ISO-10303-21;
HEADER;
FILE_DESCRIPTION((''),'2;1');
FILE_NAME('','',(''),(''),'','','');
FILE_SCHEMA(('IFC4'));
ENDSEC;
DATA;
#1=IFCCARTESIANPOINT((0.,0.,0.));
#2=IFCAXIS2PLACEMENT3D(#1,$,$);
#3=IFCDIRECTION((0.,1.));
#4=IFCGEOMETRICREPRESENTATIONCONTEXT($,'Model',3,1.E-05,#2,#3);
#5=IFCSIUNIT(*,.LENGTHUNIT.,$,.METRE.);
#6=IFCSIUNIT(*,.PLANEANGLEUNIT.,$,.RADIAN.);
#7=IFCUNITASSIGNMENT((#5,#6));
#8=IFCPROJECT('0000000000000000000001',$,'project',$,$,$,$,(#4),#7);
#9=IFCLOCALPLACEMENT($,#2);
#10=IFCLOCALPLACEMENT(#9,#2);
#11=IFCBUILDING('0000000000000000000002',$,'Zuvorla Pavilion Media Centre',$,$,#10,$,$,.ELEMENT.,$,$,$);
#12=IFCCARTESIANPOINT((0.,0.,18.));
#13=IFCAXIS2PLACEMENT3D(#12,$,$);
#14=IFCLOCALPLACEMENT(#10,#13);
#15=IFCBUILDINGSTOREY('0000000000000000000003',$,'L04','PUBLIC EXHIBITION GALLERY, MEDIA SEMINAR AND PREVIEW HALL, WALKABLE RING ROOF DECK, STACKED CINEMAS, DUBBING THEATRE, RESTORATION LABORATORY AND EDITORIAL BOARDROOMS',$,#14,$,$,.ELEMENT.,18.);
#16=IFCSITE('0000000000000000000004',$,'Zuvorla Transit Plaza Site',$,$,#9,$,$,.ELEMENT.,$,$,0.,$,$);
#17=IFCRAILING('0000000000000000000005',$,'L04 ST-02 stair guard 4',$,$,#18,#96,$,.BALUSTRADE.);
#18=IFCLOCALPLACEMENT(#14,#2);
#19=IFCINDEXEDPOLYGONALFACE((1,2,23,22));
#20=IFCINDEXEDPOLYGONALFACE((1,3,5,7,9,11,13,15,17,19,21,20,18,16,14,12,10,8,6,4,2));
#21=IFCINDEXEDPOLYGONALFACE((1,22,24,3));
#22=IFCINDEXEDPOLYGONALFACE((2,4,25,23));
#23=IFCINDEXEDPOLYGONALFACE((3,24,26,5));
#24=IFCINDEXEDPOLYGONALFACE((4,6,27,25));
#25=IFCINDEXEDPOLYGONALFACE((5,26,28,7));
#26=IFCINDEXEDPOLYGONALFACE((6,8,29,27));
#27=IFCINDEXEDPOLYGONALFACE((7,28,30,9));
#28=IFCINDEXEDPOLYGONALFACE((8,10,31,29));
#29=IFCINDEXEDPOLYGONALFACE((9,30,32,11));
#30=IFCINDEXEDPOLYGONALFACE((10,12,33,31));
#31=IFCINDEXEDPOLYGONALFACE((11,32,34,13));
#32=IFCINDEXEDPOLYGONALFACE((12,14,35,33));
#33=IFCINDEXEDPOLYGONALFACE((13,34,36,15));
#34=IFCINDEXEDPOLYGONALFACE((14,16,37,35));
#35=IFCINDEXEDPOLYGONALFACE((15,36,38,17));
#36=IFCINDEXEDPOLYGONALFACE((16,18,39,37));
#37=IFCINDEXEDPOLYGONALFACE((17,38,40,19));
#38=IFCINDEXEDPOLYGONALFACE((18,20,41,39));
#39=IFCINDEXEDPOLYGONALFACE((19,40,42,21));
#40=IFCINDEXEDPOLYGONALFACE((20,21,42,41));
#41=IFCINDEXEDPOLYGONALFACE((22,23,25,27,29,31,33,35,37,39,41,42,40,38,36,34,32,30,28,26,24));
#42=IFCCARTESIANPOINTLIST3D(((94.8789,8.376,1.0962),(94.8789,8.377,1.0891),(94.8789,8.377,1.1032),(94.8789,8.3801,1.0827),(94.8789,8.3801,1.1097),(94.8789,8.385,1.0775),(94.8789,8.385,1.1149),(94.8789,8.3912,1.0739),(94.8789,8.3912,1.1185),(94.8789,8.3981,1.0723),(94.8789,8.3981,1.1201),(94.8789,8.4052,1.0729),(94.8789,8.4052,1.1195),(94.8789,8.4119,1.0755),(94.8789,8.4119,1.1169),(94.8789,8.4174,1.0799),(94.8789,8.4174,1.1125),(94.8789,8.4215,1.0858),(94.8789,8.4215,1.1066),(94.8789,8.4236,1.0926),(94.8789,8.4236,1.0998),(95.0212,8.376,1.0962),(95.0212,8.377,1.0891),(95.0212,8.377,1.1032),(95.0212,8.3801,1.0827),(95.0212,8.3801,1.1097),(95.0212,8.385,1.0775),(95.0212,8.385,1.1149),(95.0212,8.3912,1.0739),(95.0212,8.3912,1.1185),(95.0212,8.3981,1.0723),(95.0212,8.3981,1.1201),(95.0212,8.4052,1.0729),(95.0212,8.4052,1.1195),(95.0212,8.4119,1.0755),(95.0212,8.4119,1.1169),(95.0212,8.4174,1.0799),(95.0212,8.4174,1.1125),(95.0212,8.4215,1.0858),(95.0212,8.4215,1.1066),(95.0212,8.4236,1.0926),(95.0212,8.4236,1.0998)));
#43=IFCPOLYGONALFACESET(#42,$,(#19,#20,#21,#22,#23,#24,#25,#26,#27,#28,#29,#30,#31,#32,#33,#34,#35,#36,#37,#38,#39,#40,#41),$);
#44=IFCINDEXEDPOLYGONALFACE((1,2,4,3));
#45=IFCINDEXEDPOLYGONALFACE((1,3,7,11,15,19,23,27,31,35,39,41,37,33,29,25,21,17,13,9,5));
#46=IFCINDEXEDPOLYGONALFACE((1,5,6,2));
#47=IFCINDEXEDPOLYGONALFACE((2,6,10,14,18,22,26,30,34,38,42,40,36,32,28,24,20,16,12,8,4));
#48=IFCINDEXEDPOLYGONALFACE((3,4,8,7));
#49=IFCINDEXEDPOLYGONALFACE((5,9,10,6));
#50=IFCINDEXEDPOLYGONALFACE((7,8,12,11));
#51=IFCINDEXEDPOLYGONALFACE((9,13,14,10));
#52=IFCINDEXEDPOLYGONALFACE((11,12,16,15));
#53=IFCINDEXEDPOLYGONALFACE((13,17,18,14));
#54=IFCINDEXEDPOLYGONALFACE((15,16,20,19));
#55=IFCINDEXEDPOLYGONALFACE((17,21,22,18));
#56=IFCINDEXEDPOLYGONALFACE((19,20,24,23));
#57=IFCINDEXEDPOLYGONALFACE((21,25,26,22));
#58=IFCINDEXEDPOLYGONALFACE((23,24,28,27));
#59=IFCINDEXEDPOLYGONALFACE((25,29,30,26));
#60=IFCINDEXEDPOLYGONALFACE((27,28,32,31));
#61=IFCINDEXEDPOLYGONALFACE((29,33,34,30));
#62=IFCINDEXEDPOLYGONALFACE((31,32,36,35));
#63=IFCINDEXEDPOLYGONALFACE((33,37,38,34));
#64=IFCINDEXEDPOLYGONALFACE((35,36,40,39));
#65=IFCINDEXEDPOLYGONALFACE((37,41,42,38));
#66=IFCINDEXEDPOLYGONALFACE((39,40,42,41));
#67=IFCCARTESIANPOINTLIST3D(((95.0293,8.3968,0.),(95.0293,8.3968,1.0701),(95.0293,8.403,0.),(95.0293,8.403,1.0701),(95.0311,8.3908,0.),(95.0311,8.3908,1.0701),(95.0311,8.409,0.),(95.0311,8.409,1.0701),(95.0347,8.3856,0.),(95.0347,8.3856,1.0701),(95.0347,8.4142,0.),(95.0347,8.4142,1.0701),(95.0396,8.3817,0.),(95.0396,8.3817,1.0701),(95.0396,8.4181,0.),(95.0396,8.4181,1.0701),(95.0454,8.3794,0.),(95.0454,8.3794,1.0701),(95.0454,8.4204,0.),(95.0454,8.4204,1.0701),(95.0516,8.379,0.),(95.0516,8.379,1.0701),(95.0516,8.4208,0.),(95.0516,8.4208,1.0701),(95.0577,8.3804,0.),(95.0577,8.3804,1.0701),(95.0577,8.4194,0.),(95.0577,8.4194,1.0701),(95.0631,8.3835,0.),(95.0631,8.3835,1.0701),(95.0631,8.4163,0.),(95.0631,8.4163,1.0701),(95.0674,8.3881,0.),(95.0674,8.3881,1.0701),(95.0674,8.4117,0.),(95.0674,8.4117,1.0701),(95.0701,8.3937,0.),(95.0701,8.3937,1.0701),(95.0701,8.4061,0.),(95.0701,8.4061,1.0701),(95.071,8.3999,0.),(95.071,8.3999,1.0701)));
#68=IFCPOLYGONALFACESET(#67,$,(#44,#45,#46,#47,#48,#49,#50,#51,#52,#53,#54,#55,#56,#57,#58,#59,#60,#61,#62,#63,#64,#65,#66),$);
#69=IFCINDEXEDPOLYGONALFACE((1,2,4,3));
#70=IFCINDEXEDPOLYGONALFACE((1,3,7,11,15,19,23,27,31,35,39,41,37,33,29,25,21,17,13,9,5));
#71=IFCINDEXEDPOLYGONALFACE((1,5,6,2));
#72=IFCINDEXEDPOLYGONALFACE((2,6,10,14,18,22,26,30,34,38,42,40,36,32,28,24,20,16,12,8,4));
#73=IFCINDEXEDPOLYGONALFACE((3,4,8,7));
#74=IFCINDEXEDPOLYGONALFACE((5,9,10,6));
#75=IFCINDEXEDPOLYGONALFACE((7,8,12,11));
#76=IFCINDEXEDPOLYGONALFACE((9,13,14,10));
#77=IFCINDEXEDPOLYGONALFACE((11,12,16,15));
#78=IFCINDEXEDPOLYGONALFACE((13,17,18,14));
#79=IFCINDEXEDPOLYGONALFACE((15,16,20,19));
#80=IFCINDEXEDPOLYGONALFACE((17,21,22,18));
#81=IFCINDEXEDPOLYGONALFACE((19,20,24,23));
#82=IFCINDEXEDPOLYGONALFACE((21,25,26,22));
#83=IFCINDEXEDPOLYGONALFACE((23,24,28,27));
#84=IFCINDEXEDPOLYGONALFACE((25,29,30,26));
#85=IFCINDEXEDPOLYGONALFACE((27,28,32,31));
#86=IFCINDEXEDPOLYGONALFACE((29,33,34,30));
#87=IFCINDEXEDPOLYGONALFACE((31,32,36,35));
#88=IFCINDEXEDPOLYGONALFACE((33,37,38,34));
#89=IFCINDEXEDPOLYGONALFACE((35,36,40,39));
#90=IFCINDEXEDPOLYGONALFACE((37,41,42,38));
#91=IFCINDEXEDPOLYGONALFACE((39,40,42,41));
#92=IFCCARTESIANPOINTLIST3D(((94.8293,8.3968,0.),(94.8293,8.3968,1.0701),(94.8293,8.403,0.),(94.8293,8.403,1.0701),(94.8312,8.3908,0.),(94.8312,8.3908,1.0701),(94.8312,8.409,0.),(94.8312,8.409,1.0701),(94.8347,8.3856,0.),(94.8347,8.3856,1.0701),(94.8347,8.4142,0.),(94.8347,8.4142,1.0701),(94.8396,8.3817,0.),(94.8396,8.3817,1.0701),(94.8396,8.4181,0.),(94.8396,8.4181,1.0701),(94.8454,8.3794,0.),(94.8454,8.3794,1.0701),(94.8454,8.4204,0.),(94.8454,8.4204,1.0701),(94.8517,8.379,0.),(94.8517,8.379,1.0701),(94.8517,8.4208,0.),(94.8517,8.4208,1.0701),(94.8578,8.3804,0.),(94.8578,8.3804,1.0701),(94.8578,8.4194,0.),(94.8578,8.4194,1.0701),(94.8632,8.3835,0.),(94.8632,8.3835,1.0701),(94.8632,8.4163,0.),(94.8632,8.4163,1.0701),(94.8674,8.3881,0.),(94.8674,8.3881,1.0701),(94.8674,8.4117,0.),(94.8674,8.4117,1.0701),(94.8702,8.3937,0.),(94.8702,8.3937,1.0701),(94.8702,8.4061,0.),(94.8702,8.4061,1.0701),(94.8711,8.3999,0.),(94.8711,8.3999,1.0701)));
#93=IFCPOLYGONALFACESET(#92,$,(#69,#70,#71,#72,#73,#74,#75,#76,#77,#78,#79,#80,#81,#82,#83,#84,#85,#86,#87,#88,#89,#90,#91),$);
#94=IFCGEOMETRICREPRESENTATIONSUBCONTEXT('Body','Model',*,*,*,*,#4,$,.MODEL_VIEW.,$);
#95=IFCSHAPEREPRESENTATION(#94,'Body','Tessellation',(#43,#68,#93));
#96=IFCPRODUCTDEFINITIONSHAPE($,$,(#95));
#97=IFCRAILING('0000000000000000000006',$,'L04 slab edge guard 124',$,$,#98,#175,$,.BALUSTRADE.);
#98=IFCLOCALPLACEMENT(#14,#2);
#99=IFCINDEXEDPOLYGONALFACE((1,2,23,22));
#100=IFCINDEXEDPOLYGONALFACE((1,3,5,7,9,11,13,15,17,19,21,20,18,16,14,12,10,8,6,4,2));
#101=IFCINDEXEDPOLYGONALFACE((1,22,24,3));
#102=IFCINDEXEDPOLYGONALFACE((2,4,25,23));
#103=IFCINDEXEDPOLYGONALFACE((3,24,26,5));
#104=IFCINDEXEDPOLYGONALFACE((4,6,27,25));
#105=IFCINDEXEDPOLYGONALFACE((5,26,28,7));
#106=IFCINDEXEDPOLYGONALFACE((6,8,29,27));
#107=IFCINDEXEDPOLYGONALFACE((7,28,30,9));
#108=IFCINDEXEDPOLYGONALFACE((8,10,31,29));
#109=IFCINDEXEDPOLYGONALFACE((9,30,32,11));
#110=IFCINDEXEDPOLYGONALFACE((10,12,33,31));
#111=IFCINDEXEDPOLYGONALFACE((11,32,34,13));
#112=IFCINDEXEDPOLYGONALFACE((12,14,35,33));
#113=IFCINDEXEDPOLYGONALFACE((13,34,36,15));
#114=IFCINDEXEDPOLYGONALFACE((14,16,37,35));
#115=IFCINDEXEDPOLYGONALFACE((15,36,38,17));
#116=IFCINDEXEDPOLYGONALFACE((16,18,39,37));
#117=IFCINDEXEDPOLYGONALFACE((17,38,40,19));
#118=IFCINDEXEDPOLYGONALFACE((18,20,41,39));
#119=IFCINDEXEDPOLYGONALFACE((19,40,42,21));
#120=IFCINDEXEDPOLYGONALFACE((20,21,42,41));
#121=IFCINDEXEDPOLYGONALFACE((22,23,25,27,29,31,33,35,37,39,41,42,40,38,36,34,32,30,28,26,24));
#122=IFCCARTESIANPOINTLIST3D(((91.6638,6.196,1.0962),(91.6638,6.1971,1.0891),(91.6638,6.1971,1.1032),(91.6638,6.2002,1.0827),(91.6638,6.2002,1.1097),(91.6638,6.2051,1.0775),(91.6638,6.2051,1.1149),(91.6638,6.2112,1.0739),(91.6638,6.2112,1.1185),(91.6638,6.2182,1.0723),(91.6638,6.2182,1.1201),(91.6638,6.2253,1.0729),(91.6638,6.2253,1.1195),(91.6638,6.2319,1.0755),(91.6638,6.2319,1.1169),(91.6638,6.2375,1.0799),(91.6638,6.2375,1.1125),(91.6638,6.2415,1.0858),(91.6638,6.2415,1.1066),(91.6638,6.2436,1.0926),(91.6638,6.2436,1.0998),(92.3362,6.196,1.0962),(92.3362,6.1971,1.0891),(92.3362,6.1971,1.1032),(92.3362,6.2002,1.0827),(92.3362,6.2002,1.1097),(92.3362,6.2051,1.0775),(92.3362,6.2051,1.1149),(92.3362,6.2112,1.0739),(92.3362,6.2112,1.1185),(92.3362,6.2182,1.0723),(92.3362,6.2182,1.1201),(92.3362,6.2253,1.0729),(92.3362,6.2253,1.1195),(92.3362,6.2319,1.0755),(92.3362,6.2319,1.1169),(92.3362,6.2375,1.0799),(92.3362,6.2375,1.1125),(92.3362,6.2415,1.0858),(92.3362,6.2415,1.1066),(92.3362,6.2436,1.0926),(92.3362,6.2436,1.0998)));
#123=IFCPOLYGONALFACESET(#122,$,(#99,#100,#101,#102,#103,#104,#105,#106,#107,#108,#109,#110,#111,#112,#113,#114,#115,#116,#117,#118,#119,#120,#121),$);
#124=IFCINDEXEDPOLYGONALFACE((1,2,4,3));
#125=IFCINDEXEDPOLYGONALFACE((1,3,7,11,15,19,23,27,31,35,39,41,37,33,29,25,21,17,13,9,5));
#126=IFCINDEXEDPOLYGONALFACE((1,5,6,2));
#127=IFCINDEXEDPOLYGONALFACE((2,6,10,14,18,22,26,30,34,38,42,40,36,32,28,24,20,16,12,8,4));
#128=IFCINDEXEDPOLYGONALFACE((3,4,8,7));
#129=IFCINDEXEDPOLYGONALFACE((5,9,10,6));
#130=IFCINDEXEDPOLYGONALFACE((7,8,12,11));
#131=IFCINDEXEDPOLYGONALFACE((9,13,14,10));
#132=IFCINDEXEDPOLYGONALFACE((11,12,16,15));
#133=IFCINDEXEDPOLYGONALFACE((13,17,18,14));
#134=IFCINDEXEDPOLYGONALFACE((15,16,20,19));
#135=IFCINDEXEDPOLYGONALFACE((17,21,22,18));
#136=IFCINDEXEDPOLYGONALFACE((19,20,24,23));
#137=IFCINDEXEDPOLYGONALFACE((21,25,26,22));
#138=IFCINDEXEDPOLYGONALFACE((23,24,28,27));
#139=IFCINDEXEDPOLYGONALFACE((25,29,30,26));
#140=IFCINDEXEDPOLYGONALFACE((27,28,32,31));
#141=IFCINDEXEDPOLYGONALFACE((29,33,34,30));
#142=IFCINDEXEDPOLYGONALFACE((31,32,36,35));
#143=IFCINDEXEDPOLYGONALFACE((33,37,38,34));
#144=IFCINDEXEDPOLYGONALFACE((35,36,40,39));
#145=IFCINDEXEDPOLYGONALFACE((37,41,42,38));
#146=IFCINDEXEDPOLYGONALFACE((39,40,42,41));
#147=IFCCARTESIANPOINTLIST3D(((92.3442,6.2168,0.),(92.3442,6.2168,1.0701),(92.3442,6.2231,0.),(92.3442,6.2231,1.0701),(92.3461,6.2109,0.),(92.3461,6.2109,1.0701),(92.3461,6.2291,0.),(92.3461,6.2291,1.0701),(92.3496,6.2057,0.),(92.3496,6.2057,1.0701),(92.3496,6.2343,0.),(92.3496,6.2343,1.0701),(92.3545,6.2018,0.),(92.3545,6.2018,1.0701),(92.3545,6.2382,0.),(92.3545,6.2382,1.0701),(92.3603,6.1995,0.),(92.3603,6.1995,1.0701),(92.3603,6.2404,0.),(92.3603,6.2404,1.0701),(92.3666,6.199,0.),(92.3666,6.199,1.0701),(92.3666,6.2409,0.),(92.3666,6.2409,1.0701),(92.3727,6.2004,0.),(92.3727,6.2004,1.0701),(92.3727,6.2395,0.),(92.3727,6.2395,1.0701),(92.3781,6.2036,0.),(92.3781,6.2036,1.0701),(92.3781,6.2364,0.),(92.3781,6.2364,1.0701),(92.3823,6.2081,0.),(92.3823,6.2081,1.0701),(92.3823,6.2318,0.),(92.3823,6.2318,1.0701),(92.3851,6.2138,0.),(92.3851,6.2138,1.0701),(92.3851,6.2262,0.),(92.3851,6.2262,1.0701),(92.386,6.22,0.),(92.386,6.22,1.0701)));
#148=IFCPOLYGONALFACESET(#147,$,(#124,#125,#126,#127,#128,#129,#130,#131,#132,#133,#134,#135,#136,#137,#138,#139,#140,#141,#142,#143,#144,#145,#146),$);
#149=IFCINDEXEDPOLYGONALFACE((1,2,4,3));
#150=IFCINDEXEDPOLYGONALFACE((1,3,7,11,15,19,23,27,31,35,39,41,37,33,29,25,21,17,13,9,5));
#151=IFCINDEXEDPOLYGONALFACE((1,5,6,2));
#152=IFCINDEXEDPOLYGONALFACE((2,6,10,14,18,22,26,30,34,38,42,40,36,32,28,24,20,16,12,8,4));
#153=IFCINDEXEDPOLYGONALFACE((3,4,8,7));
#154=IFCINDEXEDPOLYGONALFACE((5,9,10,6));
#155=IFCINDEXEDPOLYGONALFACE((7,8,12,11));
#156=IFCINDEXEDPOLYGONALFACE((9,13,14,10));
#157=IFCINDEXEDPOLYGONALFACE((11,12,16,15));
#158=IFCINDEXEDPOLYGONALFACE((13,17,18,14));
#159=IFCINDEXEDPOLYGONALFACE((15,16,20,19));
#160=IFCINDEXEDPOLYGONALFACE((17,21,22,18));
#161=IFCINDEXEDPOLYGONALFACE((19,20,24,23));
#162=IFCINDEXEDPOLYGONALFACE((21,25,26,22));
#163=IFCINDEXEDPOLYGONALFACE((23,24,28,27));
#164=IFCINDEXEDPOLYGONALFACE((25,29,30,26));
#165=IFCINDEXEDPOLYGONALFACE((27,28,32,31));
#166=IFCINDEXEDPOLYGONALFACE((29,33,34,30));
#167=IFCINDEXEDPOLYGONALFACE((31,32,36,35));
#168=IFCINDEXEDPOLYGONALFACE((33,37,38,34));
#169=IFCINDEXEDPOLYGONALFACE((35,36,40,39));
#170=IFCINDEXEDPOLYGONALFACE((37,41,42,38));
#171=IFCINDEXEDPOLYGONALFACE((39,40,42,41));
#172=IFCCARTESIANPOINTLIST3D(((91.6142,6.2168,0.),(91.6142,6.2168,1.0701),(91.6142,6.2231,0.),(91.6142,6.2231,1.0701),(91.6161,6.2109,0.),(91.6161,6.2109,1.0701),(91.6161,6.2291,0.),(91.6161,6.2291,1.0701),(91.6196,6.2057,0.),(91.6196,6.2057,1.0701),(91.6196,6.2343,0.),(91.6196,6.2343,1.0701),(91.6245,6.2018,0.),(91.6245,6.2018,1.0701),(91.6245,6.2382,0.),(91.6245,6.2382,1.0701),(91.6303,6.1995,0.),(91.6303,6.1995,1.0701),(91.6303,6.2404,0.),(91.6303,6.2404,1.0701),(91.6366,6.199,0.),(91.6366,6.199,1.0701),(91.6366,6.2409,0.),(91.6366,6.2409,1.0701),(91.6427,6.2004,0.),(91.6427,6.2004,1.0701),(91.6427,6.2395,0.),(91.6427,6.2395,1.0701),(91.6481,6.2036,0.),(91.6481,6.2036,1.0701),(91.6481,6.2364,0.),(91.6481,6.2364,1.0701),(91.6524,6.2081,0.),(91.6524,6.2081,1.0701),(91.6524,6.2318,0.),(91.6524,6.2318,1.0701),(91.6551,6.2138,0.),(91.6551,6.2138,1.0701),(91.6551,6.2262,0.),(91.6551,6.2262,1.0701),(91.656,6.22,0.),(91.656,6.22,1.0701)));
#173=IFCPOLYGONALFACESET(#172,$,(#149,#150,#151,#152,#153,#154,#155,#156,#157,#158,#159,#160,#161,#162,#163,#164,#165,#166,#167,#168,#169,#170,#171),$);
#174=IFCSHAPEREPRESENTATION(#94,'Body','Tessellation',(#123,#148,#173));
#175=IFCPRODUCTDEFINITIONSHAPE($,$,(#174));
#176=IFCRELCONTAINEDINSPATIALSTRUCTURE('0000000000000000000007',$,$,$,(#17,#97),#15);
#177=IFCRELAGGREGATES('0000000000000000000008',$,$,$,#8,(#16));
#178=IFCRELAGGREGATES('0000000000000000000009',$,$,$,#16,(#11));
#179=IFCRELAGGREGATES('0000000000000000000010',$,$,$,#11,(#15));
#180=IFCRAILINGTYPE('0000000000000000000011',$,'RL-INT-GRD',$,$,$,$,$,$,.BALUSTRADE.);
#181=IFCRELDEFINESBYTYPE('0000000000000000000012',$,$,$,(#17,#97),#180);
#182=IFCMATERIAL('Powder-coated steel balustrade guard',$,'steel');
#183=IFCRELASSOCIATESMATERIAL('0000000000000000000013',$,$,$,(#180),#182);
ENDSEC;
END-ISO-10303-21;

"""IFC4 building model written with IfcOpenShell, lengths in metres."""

from ifc_helpers import new_model, si_unit, direction, frame, origin, origin_2d, place, context, subcontext, project, spatial, circle, extrude, material, type_object, element, save


model = new_model("IFC4")

# Units and contexts
model_context = context("Model", 3, precision=1e-05, world=origin(), true_north=direction((0.0, 1.0)))
body_context = subcontext(model_context, "Body", "Model", "MODEL_VIEW")
ifc_project = project(units=[si_unit("LENGTHUNIT", "METRE"), si_unit("PLANEANGLEUNIT", "RADIAN")], contexts=[model_context])

# Site, building, storey
site_placement = place(None, origin())
site = spatial("IfcSite", under=ifc_project, at=site_placement, Name="Zuvorla Transit Plaza Site", CompositionType="ELEMENT", RefElevation=0.0)
building_placement = place(site_placement, origin())
building = spatial("IfcBuilding", under=site, at=building_placement, Name="Zuvorla Pavilion Media Centre", CompositionType="ELEMENT")
storey_placement = place(building_placement, frame((0.0, 0.0, 18.0)))
storey = spatial("IfcBuildingStorey", under=building, at=storey_placement, Name="L04", Description="PUBLIC EXHIBITION GALLERY, MEDIA SEMINAR AND PREVIEW HALL, WALKABLE RING ROOF DECK, STACKED CINEMAS, DUBBING THEATRE, RESTORATION LABORATORY AND EDITORIAL BOARDROOMS", CompositionType="ELEMENT", Elevation=18.0)

# Railings
ifc_material_1 = material(Name="Powder-coated steel balustrade guard", Category="steel")
railing_type_1 = type_object("IfcRailingType", Name="RL-INT-GRD", PredefinedType="BALUSTRADE", material=ifc_material_1)
railing_1_placement = place(storey_placement, frame((95.05, 8.3999, 0.0)))
element("IfcRailing", 1, at=railing_1_placement, inside=storey, type_object=railing_type_1, Name="L04 ST-02 stair guard 4", PredefinedType="BALUSTRADE", context=body_context, shape_type="SweptSolid", body=[
    extrude(circle(Radius=0.0239, at=origin_2d()), frame((-0.0288, 0.0, 1.0962), z_axis=(-1.0, 0.0, 0.0), x_axis=(0.0, -1.0, 0.0)), (0.0, 0.0, 1.0), 0.1423),
    extrude(circle(Radius=0.021, at=origin_2d()), origin(), (0.0, 0.0, 1.0), 1.0701),
    extrude(circle(Radius=0.021, at=origin_2d()), frame((-0.2, 0.0, 0.0)), (0.0, 0.0, 1.0), 1.0701),
])
for number, where, name in (
    (2, (92.365, 6.22, 0.0), "L04 slab edge guard 124"),
):
    element("IfcRailing", number, at=place(storey_placement, frame(where)), inside=storey, type_object=railing_type_1, Name=name, PredefinedType="BALUSTRADE", context=body_context, shape_type="SweptSolid", body=[
        extrude(circle(Radius=0.0239, at=origin_2d()), frame((-0.0288, 0.0, 1.0962), z_axis=(-1.0, 0.0, 0.0), x_axis=(0.0, -1.0, 0.0)), (0.0, 0.0, 1.0), 0.6724),
        extrude(circle(Radius=0.021, at=origin_2d()), origin(), (0.0, 0.0, 1.0), 1.0701),
        extrude(circle(Radius=0.021, at=origin_2d()), frame((-0.73, 0.0, 0.0)), (0.0, 0.0, 1.0), 1.0701),
    ])

save(model, "model.ifc")
